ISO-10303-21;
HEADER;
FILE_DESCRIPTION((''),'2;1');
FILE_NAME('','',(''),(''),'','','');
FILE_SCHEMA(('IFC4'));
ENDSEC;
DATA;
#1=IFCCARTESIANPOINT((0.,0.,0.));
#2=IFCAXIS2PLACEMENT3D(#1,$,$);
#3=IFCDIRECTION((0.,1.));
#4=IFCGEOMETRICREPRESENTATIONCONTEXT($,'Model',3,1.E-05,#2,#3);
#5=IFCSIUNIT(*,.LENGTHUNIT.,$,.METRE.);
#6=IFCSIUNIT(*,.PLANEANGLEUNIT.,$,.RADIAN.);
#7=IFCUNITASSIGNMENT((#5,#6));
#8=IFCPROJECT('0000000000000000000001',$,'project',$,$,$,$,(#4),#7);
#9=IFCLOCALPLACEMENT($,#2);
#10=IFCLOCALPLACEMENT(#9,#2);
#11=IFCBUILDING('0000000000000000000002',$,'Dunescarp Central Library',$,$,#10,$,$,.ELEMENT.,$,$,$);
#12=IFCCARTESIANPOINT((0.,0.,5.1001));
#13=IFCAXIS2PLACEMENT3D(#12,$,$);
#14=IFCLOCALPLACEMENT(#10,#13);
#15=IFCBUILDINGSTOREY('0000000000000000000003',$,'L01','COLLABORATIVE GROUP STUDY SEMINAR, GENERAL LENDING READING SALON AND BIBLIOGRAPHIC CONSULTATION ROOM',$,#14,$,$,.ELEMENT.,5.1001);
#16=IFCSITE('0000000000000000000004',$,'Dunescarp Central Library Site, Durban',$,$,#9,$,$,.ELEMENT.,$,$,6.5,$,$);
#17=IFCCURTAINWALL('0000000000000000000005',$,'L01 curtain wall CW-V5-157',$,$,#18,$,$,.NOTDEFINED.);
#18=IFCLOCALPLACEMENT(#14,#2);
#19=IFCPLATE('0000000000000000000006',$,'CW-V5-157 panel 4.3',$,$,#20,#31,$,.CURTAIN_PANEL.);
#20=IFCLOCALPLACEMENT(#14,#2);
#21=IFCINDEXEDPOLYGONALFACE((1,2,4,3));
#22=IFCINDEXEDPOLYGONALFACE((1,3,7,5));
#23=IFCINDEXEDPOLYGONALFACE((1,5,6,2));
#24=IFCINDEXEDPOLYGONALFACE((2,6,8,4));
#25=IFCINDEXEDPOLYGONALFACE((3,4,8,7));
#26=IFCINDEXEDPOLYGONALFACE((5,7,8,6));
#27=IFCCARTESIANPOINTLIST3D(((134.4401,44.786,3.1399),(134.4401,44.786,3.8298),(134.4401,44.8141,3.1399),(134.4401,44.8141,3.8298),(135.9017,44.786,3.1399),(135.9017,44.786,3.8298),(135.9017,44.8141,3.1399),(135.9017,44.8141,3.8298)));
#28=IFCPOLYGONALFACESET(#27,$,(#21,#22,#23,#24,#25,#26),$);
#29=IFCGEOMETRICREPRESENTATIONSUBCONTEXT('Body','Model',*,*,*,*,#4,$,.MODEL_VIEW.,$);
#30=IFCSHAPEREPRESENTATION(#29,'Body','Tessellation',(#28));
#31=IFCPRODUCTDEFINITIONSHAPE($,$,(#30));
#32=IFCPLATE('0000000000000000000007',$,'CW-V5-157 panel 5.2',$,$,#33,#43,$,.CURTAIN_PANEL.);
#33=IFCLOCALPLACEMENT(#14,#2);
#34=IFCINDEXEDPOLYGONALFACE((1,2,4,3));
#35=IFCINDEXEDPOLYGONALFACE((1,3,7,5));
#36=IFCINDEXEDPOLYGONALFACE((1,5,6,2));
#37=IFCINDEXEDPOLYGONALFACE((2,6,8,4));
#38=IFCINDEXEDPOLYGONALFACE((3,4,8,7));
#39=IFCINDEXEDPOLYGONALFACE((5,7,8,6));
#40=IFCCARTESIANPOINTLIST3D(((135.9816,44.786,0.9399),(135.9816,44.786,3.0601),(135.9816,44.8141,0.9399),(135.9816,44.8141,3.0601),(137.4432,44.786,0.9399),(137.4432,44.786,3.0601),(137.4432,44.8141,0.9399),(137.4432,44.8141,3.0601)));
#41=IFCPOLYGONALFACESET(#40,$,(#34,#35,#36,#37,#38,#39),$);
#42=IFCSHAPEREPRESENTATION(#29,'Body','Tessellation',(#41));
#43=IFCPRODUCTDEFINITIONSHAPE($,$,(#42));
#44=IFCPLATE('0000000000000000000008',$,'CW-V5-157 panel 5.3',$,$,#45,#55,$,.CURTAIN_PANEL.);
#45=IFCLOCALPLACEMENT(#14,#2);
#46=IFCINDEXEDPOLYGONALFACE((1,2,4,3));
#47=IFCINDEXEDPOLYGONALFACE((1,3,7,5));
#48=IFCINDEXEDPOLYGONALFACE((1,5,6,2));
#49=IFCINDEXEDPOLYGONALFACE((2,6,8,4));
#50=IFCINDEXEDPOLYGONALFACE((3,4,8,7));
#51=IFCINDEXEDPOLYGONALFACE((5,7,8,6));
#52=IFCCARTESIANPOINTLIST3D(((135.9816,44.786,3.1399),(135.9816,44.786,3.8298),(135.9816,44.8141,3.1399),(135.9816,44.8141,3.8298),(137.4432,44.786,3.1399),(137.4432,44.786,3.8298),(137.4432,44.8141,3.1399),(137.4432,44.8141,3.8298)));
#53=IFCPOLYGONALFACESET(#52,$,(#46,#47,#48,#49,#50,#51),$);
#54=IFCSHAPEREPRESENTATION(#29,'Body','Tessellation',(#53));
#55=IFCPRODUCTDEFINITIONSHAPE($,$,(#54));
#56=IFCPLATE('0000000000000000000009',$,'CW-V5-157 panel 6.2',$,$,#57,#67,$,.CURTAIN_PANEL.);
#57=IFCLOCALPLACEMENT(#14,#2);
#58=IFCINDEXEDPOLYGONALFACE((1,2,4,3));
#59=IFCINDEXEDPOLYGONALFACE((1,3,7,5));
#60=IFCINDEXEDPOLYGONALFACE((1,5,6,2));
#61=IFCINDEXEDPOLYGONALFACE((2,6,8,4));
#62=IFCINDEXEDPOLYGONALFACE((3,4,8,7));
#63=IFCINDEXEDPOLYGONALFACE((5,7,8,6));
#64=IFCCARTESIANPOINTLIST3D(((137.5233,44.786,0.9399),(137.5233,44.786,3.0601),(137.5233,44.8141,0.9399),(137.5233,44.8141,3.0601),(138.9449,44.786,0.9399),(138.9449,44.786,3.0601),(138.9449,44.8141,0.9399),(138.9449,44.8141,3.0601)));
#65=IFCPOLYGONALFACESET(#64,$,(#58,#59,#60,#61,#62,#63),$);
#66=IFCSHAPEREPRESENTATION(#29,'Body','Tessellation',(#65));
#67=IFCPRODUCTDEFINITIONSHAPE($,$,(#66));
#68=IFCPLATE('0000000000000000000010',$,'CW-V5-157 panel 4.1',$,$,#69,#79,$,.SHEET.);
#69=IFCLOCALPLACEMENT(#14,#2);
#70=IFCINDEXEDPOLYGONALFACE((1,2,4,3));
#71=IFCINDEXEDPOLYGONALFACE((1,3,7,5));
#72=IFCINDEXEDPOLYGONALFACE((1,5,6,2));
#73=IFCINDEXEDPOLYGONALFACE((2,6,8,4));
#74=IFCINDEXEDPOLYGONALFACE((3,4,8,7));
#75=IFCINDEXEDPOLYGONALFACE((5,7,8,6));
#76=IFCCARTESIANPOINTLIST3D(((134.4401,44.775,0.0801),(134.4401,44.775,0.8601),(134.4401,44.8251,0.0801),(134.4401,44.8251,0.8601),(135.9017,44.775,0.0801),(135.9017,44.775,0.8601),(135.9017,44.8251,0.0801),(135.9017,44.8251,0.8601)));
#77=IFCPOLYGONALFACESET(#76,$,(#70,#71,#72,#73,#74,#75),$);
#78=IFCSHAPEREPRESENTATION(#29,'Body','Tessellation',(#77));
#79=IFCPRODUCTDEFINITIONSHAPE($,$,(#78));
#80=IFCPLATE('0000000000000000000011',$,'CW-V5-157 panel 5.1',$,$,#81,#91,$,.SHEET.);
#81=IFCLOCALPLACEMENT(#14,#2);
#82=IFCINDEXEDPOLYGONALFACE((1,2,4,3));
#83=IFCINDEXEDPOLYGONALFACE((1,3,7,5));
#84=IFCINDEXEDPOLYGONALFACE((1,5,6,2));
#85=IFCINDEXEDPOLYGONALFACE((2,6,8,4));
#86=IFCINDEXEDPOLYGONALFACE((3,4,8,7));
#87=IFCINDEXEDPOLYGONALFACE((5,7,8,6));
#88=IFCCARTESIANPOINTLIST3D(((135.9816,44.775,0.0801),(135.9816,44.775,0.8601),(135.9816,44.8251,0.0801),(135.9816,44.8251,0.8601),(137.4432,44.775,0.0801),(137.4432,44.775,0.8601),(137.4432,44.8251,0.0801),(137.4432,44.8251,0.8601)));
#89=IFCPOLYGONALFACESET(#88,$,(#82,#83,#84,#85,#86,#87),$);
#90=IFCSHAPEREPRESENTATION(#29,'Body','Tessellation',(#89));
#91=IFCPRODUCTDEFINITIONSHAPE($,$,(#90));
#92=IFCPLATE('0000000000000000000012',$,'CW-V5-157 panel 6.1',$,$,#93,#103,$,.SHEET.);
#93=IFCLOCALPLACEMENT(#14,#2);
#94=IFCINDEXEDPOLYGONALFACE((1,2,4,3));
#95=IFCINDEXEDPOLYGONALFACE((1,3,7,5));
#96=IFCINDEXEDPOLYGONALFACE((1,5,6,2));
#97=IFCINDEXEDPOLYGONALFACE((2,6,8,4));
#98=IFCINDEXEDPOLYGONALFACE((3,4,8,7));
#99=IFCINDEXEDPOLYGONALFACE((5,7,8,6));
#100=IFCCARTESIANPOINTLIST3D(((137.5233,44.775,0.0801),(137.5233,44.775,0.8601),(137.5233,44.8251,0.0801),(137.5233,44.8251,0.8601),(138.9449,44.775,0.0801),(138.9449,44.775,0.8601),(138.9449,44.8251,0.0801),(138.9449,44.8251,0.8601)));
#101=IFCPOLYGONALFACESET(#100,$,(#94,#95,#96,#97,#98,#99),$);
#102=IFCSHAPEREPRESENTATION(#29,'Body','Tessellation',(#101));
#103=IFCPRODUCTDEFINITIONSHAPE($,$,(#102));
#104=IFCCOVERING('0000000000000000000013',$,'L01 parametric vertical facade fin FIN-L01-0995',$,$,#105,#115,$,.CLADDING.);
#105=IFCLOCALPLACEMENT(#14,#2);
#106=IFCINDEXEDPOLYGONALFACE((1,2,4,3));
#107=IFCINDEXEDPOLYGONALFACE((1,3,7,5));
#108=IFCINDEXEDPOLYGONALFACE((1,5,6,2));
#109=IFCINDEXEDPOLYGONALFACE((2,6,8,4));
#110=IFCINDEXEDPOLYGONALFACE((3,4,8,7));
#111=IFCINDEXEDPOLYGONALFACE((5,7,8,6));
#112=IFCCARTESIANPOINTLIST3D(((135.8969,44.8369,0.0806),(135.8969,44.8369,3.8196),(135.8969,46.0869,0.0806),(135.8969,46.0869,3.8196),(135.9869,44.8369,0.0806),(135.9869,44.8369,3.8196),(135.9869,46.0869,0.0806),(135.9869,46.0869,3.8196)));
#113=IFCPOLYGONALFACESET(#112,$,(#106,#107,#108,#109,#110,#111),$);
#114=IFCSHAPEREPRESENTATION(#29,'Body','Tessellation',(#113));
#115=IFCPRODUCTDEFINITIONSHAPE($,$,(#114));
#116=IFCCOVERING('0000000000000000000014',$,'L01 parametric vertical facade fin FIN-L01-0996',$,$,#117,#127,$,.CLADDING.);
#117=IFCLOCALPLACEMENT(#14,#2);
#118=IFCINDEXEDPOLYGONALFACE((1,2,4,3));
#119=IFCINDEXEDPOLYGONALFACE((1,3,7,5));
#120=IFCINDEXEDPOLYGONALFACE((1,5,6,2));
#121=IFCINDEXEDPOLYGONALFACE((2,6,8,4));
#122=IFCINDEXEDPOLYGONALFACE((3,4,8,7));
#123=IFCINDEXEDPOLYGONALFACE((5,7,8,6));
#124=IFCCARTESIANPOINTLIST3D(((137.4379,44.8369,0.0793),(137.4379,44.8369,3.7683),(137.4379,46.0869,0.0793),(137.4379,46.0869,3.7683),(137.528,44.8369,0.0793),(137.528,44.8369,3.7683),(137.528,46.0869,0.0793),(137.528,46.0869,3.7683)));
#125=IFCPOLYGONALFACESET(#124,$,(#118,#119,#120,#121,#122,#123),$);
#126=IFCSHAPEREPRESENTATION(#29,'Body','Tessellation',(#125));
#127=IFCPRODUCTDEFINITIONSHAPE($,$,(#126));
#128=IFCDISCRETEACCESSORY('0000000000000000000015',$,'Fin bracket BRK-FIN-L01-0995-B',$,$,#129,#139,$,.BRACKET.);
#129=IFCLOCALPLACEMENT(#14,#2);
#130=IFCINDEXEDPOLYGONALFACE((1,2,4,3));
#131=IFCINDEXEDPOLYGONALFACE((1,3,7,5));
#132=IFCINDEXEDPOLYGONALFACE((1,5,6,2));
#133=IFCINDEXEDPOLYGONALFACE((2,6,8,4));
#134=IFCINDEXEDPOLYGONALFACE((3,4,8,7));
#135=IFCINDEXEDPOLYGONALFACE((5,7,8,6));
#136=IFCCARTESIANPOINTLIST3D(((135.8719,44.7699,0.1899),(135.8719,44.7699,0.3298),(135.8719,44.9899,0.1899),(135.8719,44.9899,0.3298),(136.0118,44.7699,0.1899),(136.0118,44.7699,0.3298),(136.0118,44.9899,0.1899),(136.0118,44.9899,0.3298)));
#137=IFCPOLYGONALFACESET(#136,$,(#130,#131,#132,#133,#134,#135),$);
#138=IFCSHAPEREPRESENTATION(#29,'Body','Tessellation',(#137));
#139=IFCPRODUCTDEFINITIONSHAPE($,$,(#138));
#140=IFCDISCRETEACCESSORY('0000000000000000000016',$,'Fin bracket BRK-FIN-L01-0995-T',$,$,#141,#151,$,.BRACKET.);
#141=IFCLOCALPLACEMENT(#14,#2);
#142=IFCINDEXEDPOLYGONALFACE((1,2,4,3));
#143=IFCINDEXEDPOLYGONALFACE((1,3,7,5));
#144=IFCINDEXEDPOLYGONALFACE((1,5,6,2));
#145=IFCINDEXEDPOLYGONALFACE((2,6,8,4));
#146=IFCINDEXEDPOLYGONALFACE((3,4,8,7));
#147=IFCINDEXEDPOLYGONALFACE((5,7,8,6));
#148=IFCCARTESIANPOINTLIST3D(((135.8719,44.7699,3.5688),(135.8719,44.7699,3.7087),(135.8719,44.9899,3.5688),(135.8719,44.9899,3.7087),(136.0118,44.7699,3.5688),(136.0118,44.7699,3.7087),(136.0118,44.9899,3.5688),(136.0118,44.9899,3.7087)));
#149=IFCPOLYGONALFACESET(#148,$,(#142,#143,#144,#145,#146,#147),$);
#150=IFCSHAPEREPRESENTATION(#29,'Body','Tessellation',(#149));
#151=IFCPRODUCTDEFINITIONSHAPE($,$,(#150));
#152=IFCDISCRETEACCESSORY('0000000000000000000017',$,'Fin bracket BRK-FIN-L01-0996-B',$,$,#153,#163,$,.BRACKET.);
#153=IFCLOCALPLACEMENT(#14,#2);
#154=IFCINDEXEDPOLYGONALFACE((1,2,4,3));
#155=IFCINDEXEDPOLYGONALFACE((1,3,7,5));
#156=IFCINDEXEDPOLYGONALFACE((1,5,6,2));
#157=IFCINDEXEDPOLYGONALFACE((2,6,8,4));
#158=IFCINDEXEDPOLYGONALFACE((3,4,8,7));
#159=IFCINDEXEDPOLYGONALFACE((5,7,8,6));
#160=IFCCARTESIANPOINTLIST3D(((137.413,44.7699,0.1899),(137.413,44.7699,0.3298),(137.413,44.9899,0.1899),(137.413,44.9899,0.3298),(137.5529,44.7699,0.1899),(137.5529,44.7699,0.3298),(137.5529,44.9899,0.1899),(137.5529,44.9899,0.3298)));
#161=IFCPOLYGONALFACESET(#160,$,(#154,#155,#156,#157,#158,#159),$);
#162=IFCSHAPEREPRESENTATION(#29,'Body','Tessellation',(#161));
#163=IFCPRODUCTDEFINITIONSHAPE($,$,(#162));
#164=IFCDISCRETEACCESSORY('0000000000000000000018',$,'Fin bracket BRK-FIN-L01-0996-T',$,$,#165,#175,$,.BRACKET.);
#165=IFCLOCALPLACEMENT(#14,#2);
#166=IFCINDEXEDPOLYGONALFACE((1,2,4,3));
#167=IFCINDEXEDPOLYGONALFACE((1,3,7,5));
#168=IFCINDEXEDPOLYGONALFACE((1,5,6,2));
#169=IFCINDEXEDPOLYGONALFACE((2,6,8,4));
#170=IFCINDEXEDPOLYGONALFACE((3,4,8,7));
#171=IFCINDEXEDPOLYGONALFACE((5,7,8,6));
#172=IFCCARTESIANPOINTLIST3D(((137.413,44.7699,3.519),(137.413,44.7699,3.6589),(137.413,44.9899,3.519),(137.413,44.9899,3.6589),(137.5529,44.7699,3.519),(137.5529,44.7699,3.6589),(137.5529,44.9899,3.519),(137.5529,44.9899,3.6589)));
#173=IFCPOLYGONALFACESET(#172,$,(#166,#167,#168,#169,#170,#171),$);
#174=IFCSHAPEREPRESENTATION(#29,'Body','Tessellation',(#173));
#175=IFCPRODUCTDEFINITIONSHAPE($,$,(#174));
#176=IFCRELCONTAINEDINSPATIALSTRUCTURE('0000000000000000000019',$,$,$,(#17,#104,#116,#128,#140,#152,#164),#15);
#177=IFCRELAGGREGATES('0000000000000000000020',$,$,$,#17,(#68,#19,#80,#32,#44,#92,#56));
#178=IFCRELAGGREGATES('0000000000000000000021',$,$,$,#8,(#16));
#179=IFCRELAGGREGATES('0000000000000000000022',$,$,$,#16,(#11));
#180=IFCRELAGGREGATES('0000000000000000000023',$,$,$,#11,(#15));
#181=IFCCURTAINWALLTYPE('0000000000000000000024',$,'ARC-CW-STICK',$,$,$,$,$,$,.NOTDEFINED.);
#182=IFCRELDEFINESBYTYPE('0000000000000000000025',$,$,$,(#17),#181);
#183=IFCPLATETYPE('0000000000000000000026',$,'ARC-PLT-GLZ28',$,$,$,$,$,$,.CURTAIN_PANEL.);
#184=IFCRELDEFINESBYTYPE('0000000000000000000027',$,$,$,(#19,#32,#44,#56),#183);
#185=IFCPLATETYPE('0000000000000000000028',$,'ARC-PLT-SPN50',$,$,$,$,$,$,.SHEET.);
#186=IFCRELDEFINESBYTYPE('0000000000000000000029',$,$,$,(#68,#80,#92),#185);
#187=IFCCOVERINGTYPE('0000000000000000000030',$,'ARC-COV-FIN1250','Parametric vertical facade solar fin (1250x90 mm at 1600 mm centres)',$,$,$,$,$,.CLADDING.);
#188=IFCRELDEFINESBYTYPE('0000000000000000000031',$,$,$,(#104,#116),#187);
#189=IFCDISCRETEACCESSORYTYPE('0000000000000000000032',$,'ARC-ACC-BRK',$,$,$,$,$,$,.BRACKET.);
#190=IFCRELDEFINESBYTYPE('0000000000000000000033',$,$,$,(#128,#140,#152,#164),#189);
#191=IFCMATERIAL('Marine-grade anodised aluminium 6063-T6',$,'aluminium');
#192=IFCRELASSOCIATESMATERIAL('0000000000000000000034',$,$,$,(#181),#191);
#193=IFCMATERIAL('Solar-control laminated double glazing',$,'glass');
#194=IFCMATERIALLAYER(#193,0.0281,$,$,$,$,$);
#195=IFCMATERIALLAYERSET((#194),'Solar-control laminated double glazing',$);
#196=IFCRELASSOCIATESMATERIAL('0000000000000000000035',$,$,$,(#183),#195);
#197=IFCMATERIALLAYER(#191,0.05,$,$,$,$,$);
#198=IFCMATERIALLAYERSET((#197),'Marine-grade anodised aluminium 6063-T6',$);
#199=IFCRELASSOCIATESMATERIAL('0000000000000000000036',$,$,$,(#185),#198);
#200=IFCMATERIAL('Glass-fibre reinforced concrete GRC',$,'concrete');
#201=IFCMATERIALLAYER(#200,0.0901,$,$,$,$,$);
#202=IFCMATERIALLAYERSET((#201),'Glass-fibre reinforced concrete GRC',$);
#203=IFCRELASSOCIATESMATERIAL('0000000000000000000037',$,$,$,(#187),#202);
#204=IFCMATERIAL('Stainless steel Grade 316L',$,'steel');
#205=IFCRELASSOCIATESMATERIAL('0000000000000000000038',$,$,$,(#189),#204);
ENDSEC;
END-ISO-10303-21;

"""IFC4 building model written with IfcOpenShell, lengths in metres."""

from ifc_helpers import new_model, si_unit, direction, frame, origin, origin_2d, place, context, subcontext, project, spatial, rectangle, extrude, material, layer, layer_set, type_object, element, aggregate, save


model = new_model("IFC4")

# Units and contexts
model_context = context("Model", 3, precision=1e-05, world=origin(), true_north=direction((0.0, 1.0)))
body_context = subcontext(model_context, "Body", "Model", "MODEL_VIEW")
ifc_project = project(units=[si_unit("LENGTHUNIT", "METRE"), si_unit("PLANEANGLEUNIT", "RADIAN")], contexts=[model_context])

# Site, building, storey
site_placement = place(None, origin())
site = spatial("IfcSite", under=ifc_project, at=site_placement, Name="Dunescarp Central Library Site, Durban", CompositionType="ELEMENT", RefElevation=6.5)
building_placement = place(site_placement, origin())
building = spatial("IfcBuilding", under=site, at=building_placement, Name="Dunescarp Central Library", CompositionType="ELEMENT")
storey_placement = place(building_placement, frame((0.0, 0.0, 5.1001)))
storey = spatial("IfcBuildingStorey", under=building, at=storey_placement, Name="L01", Description="COLLABORATIVE GROUP STUDY SEMINAR, GENERAL LENDING READING SALON AND BIBLIOGRAPHIC CONSULTATION ROOM", CompositionType="ELEMENT", Elevation=5.1001)

# Curtain wall, plates
ifc_material_1 = material(Name="Marine-grade anodised aluminium 6063-T6", Category="aluminium")
curtain_wall_type = type_object("IfcCurtainWallType", Name="ARC-CW-STICK", PredefinedType="NOTDEFINED", material=ifc_material_1)
curtain_wall_placement = place(storey_placement, origin())
curtain_wall = element("IfcCurtainWall", 1, at=curtain_wall_placement, inside=storey, type_object=curtain_wall_type, Name="L01 curtain wall CW-V5-157", PredefinedType="NOTDEFINED")
ifc_material_2 = material(Name="Solar-control laminated double glazing", Category="glass")
ifc_layer_1 = layer(ifc_material_2, 0.0281)
ifc_layer_set_1 = layer_set([ifc_layer_1], Name="Solar-control laminated double glazing")
plate_type_1 = type_object("IfcPlateType", Name="ARC-PLT-GLZ28", PredefinedType="CURTAIN_PANEL", material=ifc_layer_set_1)
plate_1_placement = place(storey_placement, frame((135.1709, 44.8, 3.1399), z_axis=(0.0, 0.0, 1.0), x_axis=(1.0, 0.0, 0.0)))
plate_1 = element("IfcPlate", 2, at=plate_1_placement, type_object=plate_type_1, Name="CW-V5-157 panel 4.3", PredefinedType="CURTAIN_PANEL", context=body_context, shape_type="SweptSolid", body=[
    extrude(rectangle(XDim=1.4617, YDim=0.0281, at=origin_2d()), origin(), (0.0, 0.0, 1.0), 0.6899),
])
plate_2_placement = place(storey_placement, frame((136.7124, 44.8, 0.9399), z_axis=(0.0, 0.0, 1.0), x_axis=(1.0, 0.0, 0.0)))
plate_2 = element("IfcPlate", 3, at=plate_2_placement, type_object=plate_type_1, Name="CW-V5-157 panel 5.2", PredefinedType="CURTAIN_PANEL", context=body_context, shape_type="SweptSolid", body=[
    extrude(rectangle(XDim=1.4617, YDim=0.0281, at=origin_2d()), origin(), (0.0, 0.0, 1.0), 2.1201),
])
plate_3_placement = place(storey_placement, frame((136.7124, 44.8, 3.1399), z_axis=(0.0, 0.0, 1.0), x_axis=(1.0, 0.0, 0.0)))
plate_3 = element("IfcPlate", 4, at=plate_3_placement, type_object=plate_type_1, Name="CW-V5-157 panel 5.3", PredefinedType="CURTAIN_PANEL", context=body_context, shape_type="SweptSolid", body=[
    extrude(rectangle(XDim=1.4617, YDim=0.0281, at=origin_2d()), origin(), (0.0, 0.0, 1.0), 0.6899),
])
plate_4_placement = place(storey_placement, frame((138.2341, 44.8, 0.9399), z_axis=(0.0, 0.0, 1.0), x_axis=(1.0, 0.0, 0.0)))
plate_4 = element("IfcPlate", 5, at=plate_4_placement, type_object=plate_type_1, Name="CW-V5-157 panel 6.2", PredefinedType="CURTAIN_PANEL", context=body_context, shape_type="SweptSolid", body=[
    extrude(rectangle(XDim=1.4216, YDim=0.0281, at=origin_2d()), origin(), (0.0, 0.0, 1.0), 2.1201),
])
ifc_layer_2 = layer(ifc_material_1, 0.05)
ifc_layer_set_2 = layer_set([ifc_layer_2], Name="Marine-grade anodised aluminium 6063-T6")
plate_type_2 = type_object("IfcPlateType", Name="ARC-PLT-SPN50", PredefinedType="SHEET", material=ifc_layer_set_2)
plate_5_placement = place(storey_placement, frame((135.1709, 44.8, 0.0801), z_axis=(0.0, 0.0, 1.0), x_axis=(1.0, 0.0, 0.0)))
plate_5 = element("IfcPlate", 6, at=plate_5_placement, type_object=plate_type_2, Name="CW-V5-157 panel 4.1", PredefinedType="SHEET", context=body_context, shape_type="SweptSolid", body=[
    extrude(rectangle(XDim=1.4617, YDim=0.05, at=origin_2d()), origin(), (0.0, 0.0, 1.0), 0.78),
])
plate_6_placement = place(storey_placement, frame((136.7124, 44.8, 0.0801), z_axis=(0.0, 0.0, 1.0), x_axis=(1.0, 0.0, 0.0)))
plate_6 = element("IfcPlate", 7, at=plate_6_placement, type_object=plate_type_2, Name="CW-V5-157 panel 5.1", PredefinedType="SHEET", context=body_context, shape_type="SweptSolid", body=[
    extrude(rectangle(XDim=1.4617, YDim=0.05, at=origin_2d()), origin(), (0.0, 0.0, 1.0), 0.78),
])
plate_7_placement = place(storey_placement, frame((138.2341, 44.8, 0.0801), z_axis=(0.0, 0.0, 1.0), x_axis=(1.0, 0.0, 0.0)))
plate_7 = element("IfcPlate", 8, at=plate_7_placement, type_object=plate_type_2, Name="CW-V5-157 panel 6.1", PredefinedType="SHEET", context=body_context, shape_type="SweptSolid", body=[
    extrude(rectangle(XDim=1.4216, YDim=0.05, at=origin_2d()), origin(), (0.0, 0.0, 1.0), 0.78),
])
aggregate(curtain_wall, [plate_5, plate_1, plate_6, plate_2, plate_3, plate_7, plate_4])

# Coverings
ifc_material_3 = material(Name="Glass-fibre reinforced concrete GRC", Category="concrete")
ifc_layer_3 = layer(ifc_material_3, 0.0901)
ifc_layer_set_3 = layer_set([ifc_layer_3], Name="Glass-fibre reinforced concrete GRC")
covering_type = type_object("IfcCoveringType", Name="ARC-COV-FIN1250", Description="Parametric vertical facade solar fin (1250x90 mm at 1600 mm centres)", PredefinedType="CLADDING", material=ifc_layer_set_3)
covering_1_placement = place(storey_placement, frame((135.9419, 45.4619, 0.0806), z_axis=(0.0, 0.0, 1.0), x_axis=(0.0, 1.0, 0.0)))
element("IfcCovering", 9, at=covering_1_placement, inside=storey, type_object=covering_type, Name="L01 parametric vertical facade fin FIN-L01-0995", PredefinedType="CLADDING", context=body_context, shape_type="SweptSolid", body=[
    extrude(rectangle(XDim=1.25, YDim=0.0901, at=origin_2d()), origin(), (0.0, 0.0, 1.0), 3.739),
])
covering_2_placement = place(storey_placement, frame((137.4829, 45.4619, 0.0793), z_axis=(0.0, 0.0, 1.0), x_axis=(0.0, 1.0, 0.0)))
element("IfcCovering", 10, at=covering_2_placement, inside=storey, type_object=covering_type, Name="L01 parametric vertical facade fin FIN-L01-0996", PredefinedType="CLADDING", context=body_context, shape_type="SweptSolid", body=[
    extrude(rectangle(XDim=1.25, YDim=0.0901, at=origin_2d()), origin(), (0.0, 0.0, 1.0), 3.689),
])

# Discrete accessories
ifc_material_4 = material(Name="Stainless steel Grade 316L", Category="steel")
discrete_accessory_type = type_object("IfcDiscreteAccessoryType", Name="ARC-ACC-BRK", PredefinedType="BRACKET", material=ifc_material_4)
for number, where, z_axis, x_axis, name in (
    (11, (135.9419, 44.8799, 0.1899), (0.0, 0.0, 1.0), (0.0, 1.0, 0.0), "Fin bracket BRK-FIN-L01-0995-B"),
    (12, (135.9419, 44.8799, 3.5688), (0.0, 0.0, 1.0), (0.0, 1.0, 0.0), "Fin bracket BRK-FIN-L01-0995-T"),
    (13, (137.4829, 44.8799, 0.1899), (0.0, 0.0, 1.0), (0.0, 1.0, 0.0), "Fin bracket BRK-FIN-L01-0996-B"),
    (14, (137.4829, 44.8799, 3.519), (0.0, 0.0, 1.0), (0.0, 1.0, 0.0), "Fin bracket BRK-FIN-L01-0996-T"),
):
    element("IfcDiscreteAccessory", number, at=place(storey_placement, frame(where, z_axis=z_axis, x_axis=x_axis)), inside=storey, type_object=discrete_accessory_type, Name=name, PredefinedType="BRACKET", context=body_context, shape_type="SweptSolid", body=[
        extrude(rectangle(XDim=0.22, YDim=0.1399, at=origin_2d()), origin(), (0.0, 0.0, 1.0), 0.1399),
    ])

save(model, "model.ifc")
